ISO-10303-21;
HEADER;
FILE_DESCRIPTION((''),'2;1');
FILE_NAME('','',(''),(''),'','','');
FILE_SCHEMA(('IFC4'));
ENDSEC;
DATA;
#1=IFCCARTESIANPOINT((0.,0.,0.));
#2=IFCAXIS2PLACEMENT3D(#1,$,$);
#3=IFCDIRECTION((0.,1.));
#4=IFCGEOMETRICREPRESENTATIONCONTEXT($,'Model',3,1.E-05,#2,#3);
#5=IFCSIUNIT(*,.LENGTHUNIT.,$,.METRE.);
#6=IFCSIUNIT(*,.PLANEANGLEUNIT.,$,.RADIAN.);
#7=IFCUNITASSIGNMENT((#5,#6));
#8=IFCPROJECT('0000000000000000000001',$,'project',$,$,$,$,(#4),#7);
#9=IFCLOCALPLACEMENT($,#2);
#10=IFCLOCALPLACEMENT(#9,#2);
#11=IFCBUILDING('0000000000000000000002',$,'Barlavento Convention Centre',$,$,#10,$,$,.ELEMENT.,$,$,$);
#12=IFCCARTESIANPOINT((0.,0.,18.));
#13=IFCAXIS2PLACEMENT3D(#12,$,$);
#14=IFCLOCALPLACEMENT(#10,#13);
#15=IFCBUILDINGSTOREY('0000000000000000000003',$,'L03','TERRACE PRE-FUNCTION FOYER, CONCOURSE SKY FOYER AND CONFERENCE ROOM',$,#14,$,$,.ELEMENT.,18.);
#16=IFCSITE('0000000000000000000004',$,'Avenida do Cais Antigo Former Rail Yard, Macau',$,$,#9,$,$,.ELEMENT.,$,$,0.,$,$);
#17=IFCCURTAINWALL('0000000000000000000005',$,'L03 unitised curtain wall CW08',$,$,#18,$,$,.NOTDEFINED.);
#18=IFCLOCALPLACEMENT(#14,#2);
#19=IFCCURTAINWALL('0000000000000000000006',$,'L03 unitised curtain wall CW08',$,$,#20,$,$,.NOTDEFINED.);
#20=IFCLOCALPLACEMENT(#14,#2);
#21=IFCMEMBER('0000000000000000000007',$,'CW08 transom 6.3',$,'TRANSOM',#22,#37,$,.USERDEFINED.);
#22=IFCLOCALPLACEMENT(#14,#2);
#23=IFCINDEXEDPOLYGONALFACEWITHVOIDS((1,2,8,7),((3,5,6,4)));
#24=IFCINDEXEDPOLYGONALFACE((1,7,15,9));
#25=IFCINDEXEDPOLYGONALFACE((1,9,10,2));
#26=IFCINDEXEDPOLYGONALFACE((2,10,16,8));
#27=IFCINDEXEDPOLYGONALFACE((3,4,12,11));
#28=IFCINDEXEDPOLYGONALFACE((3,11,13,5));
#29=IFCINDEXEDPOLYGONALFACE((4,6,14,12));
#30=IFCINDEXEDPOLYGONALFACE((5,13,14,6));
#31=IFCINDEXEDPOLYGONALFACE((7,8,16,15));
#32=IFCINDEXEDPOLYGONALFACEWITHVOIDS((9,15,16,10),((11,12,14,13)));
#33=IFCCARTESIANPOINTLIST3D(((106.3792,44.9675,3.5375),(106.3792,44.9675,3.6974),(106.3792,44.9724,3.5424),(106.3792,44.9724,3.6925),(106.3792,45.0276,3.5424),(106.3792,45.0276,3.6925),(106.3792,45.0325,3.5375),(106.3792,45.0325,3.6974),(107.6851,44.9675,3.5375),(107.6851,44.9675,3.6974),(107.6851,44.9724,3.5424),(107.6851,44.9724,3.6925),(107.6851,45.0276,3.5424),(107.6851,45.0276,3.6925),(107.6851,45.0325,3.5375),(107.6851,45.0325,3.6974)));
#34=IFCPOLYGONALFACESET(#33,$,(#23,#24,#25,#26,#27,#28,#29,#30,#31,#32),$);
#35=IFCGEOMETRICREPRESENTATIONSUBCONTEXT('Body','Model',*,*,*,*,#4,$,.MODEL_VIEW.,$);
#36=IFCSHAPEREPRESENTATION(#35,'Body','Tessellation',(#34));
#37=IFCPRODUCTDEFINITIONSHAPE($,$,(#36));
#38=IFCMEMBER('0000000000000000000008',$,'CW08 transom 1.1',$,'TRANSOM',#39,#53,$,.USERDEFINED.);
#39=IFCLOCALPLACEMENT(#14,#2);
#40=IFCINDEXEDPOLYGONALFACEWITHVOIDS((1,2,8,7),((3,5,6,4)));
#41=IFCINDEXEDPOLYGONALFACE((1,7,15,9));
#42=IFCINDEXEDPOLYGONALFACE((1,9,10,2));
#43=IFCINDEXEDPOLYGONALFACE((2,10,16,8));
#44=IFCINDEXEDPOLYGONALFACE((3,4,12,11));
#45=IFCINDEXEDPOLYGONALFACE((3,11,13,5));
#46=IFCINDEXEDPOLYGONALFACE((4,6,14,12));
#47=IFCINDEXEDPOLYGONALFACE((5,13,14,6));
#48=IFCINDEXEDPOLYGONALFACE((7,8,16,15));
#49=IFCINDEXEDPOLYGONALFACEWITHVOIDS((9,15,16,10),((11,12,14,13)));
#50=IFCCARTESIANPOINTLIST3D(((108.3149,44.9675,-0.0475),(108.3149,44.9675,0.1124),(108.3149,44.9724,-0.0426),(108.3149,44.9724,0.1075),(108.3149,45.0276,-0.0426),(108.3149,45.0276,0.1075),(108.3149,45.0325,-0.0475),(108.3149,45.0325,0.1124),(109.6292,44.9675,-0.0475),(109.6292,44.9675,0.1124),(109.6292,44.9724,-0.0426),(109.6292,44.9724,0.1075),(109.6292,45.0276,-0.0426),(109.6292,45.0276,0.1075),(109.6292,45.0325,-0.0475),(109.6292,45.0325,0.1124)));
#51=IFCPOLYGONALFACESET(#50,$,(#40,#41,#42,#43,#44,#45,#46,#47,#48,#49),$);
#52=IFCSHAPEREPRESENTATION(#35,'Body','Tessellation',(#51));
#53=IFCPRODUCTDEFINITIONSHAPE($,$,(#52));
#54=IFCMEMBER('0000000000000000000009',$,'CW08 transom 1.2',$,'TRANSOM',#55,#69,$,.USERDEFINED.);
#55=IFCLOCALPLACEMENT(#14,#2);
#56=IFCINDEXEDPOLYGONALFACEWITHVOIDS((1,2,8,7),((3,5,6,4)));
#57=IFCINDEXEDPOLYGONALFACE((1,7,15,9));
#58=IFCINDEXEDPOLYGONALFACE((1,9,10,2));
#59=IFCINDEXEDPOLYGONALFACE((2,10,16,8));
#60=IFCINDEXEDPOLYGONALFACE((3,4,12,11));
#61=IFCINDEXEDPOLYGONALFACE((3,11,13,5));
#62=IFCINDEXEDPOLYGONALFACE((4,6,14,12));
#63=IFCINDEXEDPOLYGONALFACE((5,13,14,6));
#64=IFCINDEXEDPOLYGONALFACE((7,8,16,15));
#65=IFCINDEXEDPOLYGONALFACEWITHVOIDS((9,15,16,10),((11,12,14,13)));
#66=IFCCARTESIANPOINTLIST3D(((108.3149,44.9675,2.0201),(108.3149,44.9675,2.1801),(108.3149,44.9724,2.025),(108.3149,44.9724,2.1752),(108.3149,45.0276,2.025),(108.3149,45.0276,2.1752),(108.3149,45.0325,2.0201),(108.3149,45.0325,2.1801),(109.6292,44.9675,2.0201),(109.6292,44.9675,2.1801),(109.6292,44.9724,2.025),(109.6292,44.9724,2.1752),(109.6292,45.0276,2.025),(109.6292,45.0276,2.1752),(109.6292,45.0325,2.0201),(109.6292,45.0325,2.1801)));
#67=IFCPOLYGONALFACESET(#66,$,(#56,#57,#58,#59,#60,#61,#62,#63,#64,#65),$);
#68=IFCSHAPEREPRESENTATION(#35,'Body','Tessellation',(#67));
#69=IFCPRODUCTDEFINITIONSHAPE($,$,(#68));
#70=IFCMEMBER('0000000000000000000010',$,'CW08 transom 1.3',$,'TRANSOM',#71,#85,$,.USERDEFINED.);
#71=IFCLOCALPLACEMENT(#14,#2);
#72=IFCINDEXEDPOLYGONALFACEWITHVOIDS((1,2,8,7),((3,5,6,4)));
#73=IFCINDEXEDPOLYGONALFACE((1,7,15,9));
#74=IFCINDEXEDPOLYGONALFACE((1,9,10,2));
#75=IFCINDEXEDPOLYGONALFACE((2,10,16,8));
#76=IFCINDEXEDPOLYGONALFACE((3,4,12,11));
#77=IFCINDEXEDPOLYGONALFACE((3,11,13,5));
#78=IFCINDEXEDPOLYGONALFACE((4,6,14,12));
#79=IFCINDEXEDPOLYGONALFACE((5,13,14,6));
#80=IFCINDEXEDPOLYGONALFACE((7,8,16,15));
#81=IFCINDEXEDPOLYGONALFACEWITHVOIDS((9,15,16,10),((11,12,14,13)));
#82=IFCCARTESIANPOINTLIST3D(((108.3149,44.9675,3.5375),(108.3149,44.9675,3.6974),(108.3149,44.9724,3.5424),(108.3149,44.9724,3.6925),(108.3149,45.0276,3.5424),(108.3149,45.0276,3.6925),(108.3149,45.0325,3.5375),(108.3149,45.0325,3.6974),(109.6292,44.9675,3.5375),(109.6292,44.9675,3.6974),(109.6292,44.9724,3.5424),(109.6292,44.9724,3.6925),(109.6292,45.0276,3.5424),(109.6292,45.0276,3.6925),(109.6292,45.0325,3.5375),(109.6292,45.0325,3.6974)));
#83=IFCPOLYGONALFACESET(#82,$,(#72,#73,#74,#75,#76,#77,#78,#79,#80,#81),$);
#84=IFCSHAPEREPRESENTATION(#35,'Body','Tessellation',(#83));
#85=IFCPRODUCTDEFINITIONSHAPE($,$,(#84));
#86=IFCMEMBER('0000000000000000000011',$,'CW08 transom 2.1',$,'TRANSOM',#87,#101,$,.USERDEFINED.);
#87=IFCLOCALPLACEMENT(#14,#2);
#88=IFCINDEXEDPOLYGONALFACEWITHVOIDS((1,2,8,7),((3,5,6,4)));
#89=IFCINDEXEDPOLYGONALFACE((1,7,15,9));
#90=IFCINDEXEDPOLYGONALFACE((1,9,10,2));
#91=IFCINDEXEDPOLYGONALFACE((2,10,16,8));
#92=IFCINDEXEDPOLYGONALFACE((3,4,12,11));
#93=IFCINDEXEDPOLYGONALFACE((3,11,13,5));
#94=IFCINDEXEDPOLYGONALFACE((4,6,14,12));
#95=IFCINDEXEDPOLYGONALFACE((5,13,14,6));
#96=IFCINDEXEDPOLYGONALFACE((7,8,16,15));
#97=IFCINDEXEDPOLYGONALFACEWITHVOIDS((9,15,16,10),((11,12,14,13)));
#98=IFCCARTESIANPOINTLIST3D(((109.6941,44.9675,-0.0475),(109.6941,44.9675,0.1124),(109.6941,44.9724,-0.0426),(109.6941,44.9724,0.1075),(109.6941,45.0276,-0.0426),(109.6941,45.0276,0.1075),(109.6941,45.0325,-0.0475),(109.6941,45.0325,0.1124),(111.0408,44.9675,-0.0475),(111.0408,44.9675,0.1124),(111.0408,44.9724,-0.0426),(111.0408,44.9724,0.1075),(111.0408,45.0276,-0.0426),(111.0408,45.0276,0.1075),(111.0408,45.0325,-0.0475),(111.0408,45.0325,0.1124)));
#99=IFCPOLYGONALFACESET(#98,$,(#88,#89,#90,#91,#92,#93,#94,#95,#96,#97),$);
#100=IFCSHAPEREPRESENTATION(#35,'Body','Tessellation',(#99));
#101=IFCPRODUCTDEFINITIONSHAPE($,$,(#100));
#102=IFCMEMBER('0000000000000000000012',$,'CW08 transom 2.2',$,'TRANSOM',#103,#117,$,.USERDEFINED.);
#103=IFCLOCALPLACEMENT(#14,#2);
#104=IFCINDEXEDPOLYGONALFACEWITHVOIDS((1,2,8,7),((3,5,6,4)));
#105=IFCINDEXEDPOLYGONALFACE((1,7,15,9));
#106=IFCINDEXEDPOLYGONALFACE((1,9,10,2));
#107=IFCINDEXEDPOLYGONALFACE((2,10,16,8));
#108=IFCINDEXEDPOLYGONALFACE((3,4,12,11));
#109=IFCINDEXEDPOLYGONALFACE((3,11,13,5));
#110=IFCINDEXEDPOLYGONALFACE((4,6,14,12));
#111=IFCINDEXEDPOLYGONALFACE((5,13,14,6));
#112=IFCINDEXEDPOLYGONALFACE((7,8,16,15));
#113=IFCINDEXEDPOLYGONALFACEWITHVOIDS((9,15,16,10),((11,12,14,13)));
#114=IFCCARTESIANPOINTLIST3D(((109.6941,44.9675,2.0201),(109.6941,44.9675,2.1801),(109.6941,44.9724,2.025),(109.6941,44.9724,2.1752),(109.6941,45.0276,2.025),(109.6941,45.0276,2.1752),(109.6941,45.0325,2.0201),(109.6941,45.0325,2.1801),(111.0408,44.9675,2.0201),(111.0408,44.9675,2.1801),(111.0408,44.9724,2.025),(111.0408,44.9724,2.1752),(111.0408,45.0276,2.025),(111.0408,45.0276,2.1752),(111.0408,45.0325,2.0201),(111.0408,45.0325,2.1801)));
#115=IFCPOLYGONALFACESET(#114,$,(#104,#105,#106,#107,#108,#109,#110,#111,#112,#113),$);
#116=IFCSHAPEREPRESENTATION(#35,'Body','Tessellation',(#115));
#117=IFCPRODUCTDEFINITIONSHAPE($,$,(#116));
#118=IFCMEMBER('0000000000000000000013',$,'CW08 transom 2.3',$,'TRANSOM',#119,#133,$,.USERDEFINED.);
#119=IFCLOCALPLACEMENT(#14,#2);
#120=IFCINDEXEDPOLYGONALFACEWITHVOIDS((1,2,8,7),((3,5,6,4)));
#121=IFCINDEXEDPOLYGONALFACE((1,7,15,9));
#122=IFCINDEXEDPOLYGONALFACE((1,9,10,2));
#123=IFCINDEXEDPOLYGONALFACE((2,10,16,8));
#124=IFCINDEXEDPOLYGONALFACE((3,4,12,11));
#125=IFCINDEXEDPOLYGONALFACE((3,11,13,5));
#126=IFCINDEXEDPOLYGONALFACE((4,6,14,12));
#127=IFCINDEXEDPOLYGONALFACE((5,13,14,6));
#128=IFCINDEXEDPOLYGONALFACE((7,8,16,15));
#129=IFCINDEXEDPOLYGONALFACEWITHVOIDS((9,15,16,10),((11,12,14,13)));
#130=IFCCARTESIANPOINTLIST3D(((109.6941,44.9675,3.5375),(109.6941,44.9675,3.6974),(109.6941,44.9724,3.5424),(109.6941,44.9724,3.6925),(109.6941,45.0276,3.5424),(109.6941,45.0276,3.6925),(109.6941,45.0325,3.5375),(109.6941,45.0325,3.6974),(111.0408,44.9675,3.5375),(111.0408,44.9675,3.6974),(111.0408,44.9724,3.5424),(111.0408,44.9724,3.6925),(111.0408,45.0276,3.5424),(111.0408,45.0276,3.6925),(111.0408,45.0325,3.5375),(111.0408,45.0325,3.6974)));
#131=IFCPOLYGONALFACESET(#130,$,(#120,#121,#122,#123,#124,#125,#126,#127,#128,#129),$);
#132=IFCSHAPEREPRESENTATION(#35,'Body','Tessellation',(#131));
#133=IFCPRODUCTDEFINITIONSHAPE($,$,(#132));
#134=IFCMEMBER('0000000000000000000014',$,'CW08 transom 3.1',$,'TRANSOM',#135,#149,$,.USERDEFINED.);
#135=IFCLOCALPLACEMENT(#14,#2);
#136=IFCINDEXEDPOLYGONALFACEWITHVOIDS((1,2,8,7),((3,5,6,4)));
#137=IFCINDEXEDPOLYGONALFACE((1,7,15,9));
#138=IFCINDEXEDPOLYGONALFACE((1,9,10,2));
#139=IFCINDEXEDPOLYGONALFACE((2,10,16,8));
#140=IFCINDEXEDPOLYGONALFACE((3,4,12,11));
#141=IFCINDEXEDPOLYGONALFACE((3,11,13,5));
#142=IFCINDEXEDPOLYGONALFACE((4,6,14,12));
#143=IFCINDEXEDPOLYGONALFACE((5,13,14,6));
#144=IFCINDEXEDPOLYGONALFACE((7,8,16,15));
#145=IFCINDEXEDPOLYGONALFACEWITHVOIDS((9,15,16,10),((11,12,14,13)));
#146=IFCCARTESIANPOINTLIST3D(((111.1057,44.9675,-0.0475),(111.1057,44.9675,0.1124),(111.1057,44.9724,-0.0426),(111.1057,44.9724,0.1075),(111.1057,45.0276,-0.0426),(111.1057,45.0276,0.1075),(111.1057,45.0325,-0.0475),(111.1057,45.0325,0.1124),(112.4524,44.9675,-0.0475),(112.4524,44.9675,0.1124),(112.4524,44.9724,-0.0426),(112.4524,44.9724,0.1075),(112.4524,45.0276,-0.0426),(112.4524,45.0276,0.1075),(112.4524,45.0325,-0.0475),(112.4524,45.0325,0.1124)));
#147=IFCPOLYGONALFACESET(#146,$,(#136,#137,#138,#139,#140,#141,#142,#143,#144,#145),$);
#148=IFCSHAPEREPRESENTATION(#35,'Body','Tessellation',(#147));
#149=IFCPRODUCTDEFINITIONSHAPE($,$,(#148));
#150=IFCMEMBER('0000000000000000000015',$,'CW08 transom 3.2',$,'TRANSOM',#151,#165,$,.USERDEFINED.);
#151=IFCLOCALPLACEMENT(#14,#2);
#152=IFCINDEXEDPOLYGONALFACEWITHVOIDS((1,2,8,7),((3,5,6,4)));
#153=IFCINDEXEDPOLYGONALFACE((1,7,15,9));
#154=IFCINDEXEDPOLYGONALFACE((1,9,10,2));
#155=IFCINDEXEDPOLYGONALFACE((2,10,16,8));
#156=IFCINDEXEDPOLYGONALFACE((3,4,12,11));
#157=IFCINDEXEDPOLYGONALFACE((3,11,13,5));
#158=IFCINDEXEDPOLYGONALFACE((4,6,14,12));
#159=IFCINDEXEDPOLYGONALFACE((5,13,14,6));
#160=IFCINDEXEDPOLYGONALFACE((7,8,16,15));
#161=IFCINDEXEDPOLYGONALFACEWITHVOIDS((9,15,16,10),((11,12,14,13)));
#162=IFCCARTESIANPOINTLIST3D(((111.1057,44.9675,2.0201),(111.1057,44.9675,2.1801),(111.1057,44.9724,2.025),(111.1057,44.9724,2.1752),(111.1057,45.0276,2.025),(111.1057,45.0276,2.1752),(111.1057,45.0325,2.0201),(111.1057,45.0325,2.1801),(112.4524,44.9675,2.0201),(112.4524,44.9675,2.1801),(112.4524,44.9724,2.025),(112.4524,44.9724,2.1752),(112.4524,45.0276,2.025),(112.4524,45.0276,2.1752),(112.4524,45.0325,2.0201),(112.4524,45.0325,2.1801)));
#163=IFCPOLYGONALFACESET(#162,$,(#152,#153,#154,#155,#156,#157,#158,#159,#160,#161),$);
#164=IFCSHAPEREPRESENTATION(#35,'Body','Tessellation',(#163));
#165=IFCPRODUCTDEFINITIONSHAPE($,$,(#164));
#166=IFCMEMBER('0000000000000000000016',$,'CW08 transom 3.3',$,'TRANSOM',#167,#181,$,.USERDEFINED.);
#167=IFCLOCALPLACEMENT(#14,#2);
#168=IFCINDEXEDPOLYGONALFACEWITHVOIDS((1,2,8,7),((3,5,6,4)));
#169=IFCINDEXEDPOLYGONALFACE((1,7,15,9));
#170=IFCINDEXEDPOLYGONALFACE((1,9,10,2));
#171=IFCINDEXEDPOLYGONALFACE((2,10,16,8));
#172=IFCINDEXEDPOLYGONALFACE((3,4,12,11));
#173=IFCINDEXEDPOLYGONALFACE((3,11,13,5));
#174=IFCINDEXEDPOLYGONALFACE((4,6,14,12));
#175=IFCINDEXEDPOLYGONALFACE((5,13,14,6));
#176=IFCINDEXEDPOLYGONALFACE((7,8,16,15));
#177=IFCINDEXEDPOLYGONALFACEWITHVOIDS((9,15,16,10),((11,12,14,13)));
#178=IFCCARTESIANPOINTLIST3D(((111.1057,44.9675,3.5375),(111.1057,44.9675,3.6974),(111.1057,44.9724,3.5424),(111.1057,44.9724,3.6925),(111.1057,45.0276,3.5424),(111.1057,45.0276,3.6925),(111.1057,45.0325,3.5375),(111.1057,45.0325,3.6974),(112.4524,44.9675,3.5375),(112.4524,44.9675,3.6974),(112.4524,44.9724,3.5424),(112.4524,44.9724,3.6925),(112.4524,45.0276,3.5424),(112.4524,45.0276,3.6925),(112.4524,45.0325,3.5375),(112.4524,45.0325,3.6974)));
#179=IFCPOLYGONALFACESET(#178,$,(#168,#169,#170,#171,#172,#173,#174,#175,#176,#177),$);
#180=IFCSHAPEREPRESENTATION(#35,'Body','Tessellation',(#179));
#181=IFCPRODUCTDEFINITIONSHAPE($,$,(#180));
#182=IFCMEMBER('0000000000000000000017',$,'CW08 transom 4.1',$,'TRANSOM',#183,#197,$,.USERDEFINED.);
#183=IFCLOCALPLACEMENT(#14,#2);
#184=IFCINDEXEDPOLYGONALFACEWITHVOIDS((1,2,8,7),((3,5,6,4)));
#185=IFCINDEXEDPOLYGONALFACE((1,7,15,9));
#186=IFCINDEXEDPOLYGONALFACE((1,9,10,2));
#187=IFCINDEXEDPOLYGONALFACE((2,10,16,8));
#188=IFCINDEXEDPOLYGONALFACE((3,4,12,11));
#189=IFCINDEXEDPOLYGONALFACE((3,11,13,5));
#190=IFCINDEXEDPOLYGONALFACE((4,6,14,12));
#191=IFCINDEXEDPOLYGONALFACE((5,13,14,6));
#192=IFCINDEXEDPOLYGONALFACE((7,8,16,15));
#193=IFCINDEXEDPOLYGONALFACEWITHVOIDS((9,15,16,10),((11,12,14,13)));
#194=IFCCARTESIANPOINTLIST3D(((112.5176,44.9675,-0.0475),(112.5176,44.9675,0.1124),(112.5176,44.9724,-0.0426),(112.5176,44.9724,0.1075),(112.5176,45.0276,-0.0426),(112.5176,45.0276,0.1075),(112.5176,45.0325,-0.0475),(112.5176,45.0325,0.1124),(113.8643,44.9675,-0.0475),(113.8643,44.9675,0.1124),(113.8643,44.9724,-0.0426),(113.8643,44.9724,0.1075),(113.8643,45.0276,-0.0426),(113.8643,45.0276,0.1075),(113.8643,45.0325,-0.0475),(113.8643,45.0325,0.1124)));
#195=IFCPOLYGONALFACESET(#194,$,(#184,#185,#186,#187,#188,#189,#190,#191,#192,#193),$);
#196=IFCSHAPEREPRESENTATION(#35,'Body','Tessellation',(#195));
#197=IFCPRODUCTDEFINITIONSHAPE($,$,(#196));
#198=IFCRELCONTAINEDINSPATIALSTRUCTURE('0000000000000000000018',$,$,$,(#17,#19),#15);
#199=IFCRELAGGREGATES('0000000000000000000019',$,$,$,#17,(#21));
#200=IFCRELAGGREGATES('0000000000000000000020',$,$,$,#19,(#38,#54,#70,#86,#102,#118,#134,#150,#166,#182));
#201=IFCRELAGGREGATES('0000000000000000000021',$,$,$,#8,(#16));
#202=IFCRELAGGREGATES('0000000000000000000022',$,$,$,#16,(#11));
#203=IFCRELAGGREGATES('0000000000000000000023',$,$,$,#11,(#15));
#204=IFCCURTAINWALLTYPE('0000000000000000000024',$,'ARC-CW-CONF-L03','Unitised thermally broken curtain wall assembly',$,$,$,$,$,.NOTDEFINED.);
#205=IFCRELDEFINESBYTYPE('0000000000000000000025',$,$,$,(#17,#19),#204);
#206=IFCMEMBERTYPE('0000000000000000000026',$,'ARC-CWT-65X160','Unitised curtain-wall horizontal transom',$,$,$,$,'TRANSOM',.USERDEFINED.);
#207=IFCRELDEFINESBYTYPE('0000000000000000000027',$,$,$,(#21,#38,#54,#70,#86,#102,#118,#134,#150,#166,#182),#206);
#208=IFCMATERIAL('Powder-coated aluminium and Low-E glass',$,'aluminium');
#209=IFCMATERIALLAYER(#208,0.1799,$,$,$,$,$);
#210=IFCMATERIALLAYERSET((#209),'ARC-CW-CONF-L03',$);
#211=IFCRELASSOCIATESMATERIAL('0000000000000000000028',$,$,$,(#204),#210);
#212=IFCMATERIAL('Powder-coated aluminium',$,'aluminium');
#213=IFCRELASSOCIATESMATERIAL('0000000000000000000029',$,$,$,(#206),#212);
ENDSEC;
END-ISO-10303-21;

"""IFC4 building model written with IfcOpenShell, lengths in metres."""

from ifc_helpers import new_model, si_unit, direction, frame, origin, origin_2d, place, context, subcontext, project, spatial, hollow_rectangle, extrude, material, layer, layer_set, material_profile, profile_set, type_object, element, aggregate, save


model = new_model("IFC4")

# Units and contexts
model_context = context("Model", 3, precision=1e-05, world=origin(), true_north=direction((0.0, 1.0)))
body_context = subcontext(model_context, "Body", "Model", "MODEL_VIEW")
ifc_project = project(units=[si_unit("LENGTHUNIT", "METRE"), si_unit("PLANEANGLEUNIT", "RADIAN")], contexts=[model_context])

# Site, building, storey
site_placement = place(None, origin())
site = spatial("IfcSite", under=ifc_project, at=site_placement, Name="Avenida do Cais Antigo Former Rail Yard, Macau", CompositionType="ELEMENT", RefElevation=0.0)
building_placement = place(site_placement, origin())
building = spatial("IfcBuilding", under=site, at=building_placement, Name="Barlavento Convention Centre", CompositionType="ELEMENT")
storey_placement = place(building_placement, frame((0.0, 0.0, 18.0)))
storey = spatial("IfcBuildingStorey", under=building, at=storey_placement, Name="L03", Description="TERRACE PRE-FUNCTION FOYER, CONCOURSE SKY FOYER AND CONFERENCE ROOM", CompositionType="ELEMENT", Elevation=18.0)

# Curtain walls
ifc_material_1 = material(Name="Powder-coated aluminium and Low-E glass", Category="aluminium")
ifc_layer_1 = layer(ifc_material_1, 0.1799)
ifc_layer_set_1 = layer_set([ifc_layer_1], Name="ARC-CW-CONF-L03")
curtain_wall_type = type_object("IfcCurtainWallType", Name="ARC-CW-CONF-L03", Description="Unitised thermally broken curtain wall assembly", PredefinedType="NOTDEFINED", material=ifc_layer_set_1)
curtain_wall_1_placement = place(storey_placement, origin())
curtain_wall_1 = element("IfcCurtainWall", 1, at=curtain_wall_1_placement, inside=storey, type_object=curtain_wall_type, Name="L03 unitised curtain wall CW08", PredefinedType="NOTDEFINED")
ifc_material_2 = material(Name="Powder-coated aluminium", Category="aluminium")
curtain_wall_2_placement = place(storey_placement, origin())
curtain_wall_2 = element("IfcCurtainWall", 2, at=curtain_wall_2_placement, inside=storey, type_object=curtain_wall_type, Name="L03 unitised curtain wall CW08", PredefinedType="NOTDEFINED")

# Members
ifc_material_profile_1 = material_profile(ifc_material_2, hollow_rectangle(XDim=0.0649, YDim=0.1599, WallThickness=0.0049, at=origin_2d()), Name="AL-TRAN 65x160x5")
ifc_profile_set_1 = profile_set([ifc_material_profile_1], Name="Powder-coated aluminium")
member_type_1 = type_object("IfcMemberType", Name="ARC-CWT-65X160", Description="Unitised curtain-wall horizontal transom", ElementType="TRANSOM", PredefinedType="USERDEFINED", material=ifc_profile_set_1)
member_1_placement = place(storey_placement, frame((106.3792, 45.0, 3.6174), z_axis=(1.0, 0.0, 0.0), x_axis=(0.0, 1.0, 0.0)))
member_1 = element("IfcMember", 3, at=member_1_placement, type_object=member_type_1, Name="CW08 transom 6.3", ObjectType="TRANSOM", PredefinedType="USERDEFINED", context=body_context, shape_type="SweptSolid", body=[
    extrude(hollow_rectangle(XDim=0.0649, YDim=0.1599, WallThickness=0.0049, at=origin_2d()), origin(), (0.0, 0.0, 1.0), 1.3059),
])
member_2_placement = place(storey_placement, frame((108.3149, 45.0, 0.0325), z_axis=(1.0, 0.0, 0.0), x_axis=(0.0, 1.0, 0.0)))
member_2 = element("IfcMember", 4, at=member_2_placement, type_object=member_type_1, Name="CW08 transom 1.1", ObjectType="TRANSOM", PredefinedType="USERDEFINED", context=body_context, shape_type="SweptSolid", body=[
    extrude(hollow_rectangle(XDim=0.0649, YDim=0.1599, WallThickness=0.0049, at=origin_2d()), origin(), (0.0, 0.0, 1.0), 1.3142),
])
member_3_placement = place(storey_placement, frame((108.3149, 45.0, 2.1001), z_axis=(1.0, 0.0, 0.0), x_axis=(0.0, 1.0, 0.0)))
member_3 = element("IfcMember", 5, at=member_3_placement, type_object=member_type_1, Name="CW08 transom 1.2", ObjectType="TRANSOM", PredefinedType="USERDEFINED", context=body_context, shape_type="SweptSolid", body=[
    extrude(hollow_rectangle(XDim=0.0649, YDim=0.1599, WallThickness=0.0049, at=origin_2d()), origin(), (0.0, 0.0, 1.0), 1.3142),
])
member_4_placement = place(storey_placement, frame((108.3149, 45.0, 3.6174), z_axis=(1.0, 0.0, 0.0), x_axis=(0.0, 1.0, 0.0)))
member_4 = element("IfcMember", 6, at=member_4_placement, type_object=member_type_1, Name="CW08 transom 1.3", ObjectType="TRANSOM", PredefinedType="USERDEFINED", context=body_context, shape_type="SweptSolid", body=[
    extrude(hollow_rectangle(XDim=0.0649, YDim=0.1599, WallThickness=0.0049, at=origin_2d()), origin(), (0.0, 0.0, 1.0), 1.3142),
])
member_5_placement = place(storey_placement, frame((109.6941, 45.0, 0.0325), z_axis=(1.0, 0.0, 0.0), x_axis=(0.0, 1.0, 0.0)))
member_5 = element("IfcMember", 7, at=member_5_placement, type_object=member_type_1, Name="CW08 transom 2.1", ObjectType="TRANSOM", PredefinedType="USERDEFINED", context=body_context, shape_type="SweptSolid", body=[
    extrude(hollow_rectangle(XDim=0.0649, YDim=0.1599, WallThickness=0.0049, at=origin_2d()), origin(), (0.0, 0.0, 1.0), 1.3467),
])
member_6_placement = place(storey_placement, frame((109.6941, 45.0, 2.1001), z_axis=(1.0, 0.0, 0.0), x_axis=(0.0, 1.0, 0.0)))
member_6 = element("IfcMember", 8, at=member_6_placement, type_object=member_type_1, Name="CW08 transom 2.2", ObjectType="TRANSOM", PredefinedType="USERDEFINED", context=body_context, shape_type="SweptSolid", body=[
    extrude(hollow_rectangle(XDim=0.0649, YDim=0.1599, WallThickness=0.0049, at=origin_2d()), origin(), (0.0, 0.0, 1.0), 1.3467),
])
member_7_placement = place(storey_placement, frame((109.6941, 45.0, 3.6174), z_axis=(1.0, 0.0, 0.0), x_axis=(0.0, 1.0, 0.0)))
member_7 = element("IfcMember", 9, at=member_7_placement, type_object=member_type_1, Name="CW08 transom 2.3", ObjectType="TRANSOM", PredefinedType="USERDEFINED", context=body_context, shape_type="SweptSolid", body=[
    extrude(hollow_rectangle(XDim=0.0649, YDim=0.1599, WallThickness=0.0049, at=origin_2d()), origin(), (0.0, 0.0, 1.0), 1.3467),
])
member_8_placement = place(storey_placement, frame((111.1057, 45.0, 0.0325), z_axis=(1.0, 0.0, 0.0), x_axis=(0.0, 1.0, 0.0)))
member_8 = element("IfcMember", 10, at=member_8_placement, type_object=member_type_1, Name="CW08 transom 3.1", ObjectType="TRANSOM", PredefinedType="USERDEFINED", context=body_context, shape_type="SweptSolid", body=[
    extrude(hollow_rectangle(XDim=0.0649, YDim=0.1599, WallThickness=0.0049, at=origin_2d()), origin(), (0.0, 0.0, 1.0), 1.3467),
])
member_9_placement = place(storey_placement, frame((111.1057, 45.0, 2.1001), z_axis=(1.0, 0.0, 0.0), x_axis=(0.0, 1.0, 0.0)))
member_9 = element("IfcMember", 11, at=member_9_placement, type_object=member_type_1, Name="CW08 transom 3.2", ObjectType="TRANSOM", PredefinedType="USERDEFINED", context=body_context, shape_type="SweptSolid", body=[
    extrude(hollow_rectangle(XDim=0.0649, YDim=0.1599, WallThickness=0.0049, at=origin_2d()), origin(), (0.0, 0.0, 1.0), 1.3467),
])
member_10_placement = place(storey_placement, frame((111.1057, 45.0, 3.6174), z_axis=(1.0, 0.0, 0.0), x_axis=(0.0, 1.0, 0.0)))
member_10 = element("IfcMember", 12, at=member_10_placement, type_object=member_type_1, Name="CW08 transom 3.3", ObjectType="TRANSOM", PredefinedType="USERDEFINED", context=body_context, shape_type="SweptSolid", body=[
    extrude(hollow_rectangle(XDim=0.0649, YDim=0.1599, WallThickness=0.0049, at=origin_2d()), origin(), (0.0, 0.0, 1.0), 1.3467),
])
member_11_placement = place(storey_placement, frame((112.5176, 45.0, 0.0325), z_axis=(1.0, 0.0, 0.0), x_axis=(0.0, 1.0, 0.0)))
member_11 = element("IfcMember", 13, at=member_11_placement, type_object=member_type_1, Name="CW08 transom 4.1", ObjectType="TRANSOM", PredefinedType="USERDEFINED", context=body_context, shape_type="SweptSolid", body=[
    extrude(hollow_rectangle(XDim=0.0649, YDim=0.1599, WallThickness=0.0049, at=origin_2d()), origin(), (0.0, 0.0, 1.0), 1.3467),
])

aggregate(curtain_wall_1, [member_1])
aggregate(curtain_wall_2, [member_2, member_3, member_4, member_5, member_6, member_7, member_8, member_9, member_10, member_11])

save(model, "model.ifc")
